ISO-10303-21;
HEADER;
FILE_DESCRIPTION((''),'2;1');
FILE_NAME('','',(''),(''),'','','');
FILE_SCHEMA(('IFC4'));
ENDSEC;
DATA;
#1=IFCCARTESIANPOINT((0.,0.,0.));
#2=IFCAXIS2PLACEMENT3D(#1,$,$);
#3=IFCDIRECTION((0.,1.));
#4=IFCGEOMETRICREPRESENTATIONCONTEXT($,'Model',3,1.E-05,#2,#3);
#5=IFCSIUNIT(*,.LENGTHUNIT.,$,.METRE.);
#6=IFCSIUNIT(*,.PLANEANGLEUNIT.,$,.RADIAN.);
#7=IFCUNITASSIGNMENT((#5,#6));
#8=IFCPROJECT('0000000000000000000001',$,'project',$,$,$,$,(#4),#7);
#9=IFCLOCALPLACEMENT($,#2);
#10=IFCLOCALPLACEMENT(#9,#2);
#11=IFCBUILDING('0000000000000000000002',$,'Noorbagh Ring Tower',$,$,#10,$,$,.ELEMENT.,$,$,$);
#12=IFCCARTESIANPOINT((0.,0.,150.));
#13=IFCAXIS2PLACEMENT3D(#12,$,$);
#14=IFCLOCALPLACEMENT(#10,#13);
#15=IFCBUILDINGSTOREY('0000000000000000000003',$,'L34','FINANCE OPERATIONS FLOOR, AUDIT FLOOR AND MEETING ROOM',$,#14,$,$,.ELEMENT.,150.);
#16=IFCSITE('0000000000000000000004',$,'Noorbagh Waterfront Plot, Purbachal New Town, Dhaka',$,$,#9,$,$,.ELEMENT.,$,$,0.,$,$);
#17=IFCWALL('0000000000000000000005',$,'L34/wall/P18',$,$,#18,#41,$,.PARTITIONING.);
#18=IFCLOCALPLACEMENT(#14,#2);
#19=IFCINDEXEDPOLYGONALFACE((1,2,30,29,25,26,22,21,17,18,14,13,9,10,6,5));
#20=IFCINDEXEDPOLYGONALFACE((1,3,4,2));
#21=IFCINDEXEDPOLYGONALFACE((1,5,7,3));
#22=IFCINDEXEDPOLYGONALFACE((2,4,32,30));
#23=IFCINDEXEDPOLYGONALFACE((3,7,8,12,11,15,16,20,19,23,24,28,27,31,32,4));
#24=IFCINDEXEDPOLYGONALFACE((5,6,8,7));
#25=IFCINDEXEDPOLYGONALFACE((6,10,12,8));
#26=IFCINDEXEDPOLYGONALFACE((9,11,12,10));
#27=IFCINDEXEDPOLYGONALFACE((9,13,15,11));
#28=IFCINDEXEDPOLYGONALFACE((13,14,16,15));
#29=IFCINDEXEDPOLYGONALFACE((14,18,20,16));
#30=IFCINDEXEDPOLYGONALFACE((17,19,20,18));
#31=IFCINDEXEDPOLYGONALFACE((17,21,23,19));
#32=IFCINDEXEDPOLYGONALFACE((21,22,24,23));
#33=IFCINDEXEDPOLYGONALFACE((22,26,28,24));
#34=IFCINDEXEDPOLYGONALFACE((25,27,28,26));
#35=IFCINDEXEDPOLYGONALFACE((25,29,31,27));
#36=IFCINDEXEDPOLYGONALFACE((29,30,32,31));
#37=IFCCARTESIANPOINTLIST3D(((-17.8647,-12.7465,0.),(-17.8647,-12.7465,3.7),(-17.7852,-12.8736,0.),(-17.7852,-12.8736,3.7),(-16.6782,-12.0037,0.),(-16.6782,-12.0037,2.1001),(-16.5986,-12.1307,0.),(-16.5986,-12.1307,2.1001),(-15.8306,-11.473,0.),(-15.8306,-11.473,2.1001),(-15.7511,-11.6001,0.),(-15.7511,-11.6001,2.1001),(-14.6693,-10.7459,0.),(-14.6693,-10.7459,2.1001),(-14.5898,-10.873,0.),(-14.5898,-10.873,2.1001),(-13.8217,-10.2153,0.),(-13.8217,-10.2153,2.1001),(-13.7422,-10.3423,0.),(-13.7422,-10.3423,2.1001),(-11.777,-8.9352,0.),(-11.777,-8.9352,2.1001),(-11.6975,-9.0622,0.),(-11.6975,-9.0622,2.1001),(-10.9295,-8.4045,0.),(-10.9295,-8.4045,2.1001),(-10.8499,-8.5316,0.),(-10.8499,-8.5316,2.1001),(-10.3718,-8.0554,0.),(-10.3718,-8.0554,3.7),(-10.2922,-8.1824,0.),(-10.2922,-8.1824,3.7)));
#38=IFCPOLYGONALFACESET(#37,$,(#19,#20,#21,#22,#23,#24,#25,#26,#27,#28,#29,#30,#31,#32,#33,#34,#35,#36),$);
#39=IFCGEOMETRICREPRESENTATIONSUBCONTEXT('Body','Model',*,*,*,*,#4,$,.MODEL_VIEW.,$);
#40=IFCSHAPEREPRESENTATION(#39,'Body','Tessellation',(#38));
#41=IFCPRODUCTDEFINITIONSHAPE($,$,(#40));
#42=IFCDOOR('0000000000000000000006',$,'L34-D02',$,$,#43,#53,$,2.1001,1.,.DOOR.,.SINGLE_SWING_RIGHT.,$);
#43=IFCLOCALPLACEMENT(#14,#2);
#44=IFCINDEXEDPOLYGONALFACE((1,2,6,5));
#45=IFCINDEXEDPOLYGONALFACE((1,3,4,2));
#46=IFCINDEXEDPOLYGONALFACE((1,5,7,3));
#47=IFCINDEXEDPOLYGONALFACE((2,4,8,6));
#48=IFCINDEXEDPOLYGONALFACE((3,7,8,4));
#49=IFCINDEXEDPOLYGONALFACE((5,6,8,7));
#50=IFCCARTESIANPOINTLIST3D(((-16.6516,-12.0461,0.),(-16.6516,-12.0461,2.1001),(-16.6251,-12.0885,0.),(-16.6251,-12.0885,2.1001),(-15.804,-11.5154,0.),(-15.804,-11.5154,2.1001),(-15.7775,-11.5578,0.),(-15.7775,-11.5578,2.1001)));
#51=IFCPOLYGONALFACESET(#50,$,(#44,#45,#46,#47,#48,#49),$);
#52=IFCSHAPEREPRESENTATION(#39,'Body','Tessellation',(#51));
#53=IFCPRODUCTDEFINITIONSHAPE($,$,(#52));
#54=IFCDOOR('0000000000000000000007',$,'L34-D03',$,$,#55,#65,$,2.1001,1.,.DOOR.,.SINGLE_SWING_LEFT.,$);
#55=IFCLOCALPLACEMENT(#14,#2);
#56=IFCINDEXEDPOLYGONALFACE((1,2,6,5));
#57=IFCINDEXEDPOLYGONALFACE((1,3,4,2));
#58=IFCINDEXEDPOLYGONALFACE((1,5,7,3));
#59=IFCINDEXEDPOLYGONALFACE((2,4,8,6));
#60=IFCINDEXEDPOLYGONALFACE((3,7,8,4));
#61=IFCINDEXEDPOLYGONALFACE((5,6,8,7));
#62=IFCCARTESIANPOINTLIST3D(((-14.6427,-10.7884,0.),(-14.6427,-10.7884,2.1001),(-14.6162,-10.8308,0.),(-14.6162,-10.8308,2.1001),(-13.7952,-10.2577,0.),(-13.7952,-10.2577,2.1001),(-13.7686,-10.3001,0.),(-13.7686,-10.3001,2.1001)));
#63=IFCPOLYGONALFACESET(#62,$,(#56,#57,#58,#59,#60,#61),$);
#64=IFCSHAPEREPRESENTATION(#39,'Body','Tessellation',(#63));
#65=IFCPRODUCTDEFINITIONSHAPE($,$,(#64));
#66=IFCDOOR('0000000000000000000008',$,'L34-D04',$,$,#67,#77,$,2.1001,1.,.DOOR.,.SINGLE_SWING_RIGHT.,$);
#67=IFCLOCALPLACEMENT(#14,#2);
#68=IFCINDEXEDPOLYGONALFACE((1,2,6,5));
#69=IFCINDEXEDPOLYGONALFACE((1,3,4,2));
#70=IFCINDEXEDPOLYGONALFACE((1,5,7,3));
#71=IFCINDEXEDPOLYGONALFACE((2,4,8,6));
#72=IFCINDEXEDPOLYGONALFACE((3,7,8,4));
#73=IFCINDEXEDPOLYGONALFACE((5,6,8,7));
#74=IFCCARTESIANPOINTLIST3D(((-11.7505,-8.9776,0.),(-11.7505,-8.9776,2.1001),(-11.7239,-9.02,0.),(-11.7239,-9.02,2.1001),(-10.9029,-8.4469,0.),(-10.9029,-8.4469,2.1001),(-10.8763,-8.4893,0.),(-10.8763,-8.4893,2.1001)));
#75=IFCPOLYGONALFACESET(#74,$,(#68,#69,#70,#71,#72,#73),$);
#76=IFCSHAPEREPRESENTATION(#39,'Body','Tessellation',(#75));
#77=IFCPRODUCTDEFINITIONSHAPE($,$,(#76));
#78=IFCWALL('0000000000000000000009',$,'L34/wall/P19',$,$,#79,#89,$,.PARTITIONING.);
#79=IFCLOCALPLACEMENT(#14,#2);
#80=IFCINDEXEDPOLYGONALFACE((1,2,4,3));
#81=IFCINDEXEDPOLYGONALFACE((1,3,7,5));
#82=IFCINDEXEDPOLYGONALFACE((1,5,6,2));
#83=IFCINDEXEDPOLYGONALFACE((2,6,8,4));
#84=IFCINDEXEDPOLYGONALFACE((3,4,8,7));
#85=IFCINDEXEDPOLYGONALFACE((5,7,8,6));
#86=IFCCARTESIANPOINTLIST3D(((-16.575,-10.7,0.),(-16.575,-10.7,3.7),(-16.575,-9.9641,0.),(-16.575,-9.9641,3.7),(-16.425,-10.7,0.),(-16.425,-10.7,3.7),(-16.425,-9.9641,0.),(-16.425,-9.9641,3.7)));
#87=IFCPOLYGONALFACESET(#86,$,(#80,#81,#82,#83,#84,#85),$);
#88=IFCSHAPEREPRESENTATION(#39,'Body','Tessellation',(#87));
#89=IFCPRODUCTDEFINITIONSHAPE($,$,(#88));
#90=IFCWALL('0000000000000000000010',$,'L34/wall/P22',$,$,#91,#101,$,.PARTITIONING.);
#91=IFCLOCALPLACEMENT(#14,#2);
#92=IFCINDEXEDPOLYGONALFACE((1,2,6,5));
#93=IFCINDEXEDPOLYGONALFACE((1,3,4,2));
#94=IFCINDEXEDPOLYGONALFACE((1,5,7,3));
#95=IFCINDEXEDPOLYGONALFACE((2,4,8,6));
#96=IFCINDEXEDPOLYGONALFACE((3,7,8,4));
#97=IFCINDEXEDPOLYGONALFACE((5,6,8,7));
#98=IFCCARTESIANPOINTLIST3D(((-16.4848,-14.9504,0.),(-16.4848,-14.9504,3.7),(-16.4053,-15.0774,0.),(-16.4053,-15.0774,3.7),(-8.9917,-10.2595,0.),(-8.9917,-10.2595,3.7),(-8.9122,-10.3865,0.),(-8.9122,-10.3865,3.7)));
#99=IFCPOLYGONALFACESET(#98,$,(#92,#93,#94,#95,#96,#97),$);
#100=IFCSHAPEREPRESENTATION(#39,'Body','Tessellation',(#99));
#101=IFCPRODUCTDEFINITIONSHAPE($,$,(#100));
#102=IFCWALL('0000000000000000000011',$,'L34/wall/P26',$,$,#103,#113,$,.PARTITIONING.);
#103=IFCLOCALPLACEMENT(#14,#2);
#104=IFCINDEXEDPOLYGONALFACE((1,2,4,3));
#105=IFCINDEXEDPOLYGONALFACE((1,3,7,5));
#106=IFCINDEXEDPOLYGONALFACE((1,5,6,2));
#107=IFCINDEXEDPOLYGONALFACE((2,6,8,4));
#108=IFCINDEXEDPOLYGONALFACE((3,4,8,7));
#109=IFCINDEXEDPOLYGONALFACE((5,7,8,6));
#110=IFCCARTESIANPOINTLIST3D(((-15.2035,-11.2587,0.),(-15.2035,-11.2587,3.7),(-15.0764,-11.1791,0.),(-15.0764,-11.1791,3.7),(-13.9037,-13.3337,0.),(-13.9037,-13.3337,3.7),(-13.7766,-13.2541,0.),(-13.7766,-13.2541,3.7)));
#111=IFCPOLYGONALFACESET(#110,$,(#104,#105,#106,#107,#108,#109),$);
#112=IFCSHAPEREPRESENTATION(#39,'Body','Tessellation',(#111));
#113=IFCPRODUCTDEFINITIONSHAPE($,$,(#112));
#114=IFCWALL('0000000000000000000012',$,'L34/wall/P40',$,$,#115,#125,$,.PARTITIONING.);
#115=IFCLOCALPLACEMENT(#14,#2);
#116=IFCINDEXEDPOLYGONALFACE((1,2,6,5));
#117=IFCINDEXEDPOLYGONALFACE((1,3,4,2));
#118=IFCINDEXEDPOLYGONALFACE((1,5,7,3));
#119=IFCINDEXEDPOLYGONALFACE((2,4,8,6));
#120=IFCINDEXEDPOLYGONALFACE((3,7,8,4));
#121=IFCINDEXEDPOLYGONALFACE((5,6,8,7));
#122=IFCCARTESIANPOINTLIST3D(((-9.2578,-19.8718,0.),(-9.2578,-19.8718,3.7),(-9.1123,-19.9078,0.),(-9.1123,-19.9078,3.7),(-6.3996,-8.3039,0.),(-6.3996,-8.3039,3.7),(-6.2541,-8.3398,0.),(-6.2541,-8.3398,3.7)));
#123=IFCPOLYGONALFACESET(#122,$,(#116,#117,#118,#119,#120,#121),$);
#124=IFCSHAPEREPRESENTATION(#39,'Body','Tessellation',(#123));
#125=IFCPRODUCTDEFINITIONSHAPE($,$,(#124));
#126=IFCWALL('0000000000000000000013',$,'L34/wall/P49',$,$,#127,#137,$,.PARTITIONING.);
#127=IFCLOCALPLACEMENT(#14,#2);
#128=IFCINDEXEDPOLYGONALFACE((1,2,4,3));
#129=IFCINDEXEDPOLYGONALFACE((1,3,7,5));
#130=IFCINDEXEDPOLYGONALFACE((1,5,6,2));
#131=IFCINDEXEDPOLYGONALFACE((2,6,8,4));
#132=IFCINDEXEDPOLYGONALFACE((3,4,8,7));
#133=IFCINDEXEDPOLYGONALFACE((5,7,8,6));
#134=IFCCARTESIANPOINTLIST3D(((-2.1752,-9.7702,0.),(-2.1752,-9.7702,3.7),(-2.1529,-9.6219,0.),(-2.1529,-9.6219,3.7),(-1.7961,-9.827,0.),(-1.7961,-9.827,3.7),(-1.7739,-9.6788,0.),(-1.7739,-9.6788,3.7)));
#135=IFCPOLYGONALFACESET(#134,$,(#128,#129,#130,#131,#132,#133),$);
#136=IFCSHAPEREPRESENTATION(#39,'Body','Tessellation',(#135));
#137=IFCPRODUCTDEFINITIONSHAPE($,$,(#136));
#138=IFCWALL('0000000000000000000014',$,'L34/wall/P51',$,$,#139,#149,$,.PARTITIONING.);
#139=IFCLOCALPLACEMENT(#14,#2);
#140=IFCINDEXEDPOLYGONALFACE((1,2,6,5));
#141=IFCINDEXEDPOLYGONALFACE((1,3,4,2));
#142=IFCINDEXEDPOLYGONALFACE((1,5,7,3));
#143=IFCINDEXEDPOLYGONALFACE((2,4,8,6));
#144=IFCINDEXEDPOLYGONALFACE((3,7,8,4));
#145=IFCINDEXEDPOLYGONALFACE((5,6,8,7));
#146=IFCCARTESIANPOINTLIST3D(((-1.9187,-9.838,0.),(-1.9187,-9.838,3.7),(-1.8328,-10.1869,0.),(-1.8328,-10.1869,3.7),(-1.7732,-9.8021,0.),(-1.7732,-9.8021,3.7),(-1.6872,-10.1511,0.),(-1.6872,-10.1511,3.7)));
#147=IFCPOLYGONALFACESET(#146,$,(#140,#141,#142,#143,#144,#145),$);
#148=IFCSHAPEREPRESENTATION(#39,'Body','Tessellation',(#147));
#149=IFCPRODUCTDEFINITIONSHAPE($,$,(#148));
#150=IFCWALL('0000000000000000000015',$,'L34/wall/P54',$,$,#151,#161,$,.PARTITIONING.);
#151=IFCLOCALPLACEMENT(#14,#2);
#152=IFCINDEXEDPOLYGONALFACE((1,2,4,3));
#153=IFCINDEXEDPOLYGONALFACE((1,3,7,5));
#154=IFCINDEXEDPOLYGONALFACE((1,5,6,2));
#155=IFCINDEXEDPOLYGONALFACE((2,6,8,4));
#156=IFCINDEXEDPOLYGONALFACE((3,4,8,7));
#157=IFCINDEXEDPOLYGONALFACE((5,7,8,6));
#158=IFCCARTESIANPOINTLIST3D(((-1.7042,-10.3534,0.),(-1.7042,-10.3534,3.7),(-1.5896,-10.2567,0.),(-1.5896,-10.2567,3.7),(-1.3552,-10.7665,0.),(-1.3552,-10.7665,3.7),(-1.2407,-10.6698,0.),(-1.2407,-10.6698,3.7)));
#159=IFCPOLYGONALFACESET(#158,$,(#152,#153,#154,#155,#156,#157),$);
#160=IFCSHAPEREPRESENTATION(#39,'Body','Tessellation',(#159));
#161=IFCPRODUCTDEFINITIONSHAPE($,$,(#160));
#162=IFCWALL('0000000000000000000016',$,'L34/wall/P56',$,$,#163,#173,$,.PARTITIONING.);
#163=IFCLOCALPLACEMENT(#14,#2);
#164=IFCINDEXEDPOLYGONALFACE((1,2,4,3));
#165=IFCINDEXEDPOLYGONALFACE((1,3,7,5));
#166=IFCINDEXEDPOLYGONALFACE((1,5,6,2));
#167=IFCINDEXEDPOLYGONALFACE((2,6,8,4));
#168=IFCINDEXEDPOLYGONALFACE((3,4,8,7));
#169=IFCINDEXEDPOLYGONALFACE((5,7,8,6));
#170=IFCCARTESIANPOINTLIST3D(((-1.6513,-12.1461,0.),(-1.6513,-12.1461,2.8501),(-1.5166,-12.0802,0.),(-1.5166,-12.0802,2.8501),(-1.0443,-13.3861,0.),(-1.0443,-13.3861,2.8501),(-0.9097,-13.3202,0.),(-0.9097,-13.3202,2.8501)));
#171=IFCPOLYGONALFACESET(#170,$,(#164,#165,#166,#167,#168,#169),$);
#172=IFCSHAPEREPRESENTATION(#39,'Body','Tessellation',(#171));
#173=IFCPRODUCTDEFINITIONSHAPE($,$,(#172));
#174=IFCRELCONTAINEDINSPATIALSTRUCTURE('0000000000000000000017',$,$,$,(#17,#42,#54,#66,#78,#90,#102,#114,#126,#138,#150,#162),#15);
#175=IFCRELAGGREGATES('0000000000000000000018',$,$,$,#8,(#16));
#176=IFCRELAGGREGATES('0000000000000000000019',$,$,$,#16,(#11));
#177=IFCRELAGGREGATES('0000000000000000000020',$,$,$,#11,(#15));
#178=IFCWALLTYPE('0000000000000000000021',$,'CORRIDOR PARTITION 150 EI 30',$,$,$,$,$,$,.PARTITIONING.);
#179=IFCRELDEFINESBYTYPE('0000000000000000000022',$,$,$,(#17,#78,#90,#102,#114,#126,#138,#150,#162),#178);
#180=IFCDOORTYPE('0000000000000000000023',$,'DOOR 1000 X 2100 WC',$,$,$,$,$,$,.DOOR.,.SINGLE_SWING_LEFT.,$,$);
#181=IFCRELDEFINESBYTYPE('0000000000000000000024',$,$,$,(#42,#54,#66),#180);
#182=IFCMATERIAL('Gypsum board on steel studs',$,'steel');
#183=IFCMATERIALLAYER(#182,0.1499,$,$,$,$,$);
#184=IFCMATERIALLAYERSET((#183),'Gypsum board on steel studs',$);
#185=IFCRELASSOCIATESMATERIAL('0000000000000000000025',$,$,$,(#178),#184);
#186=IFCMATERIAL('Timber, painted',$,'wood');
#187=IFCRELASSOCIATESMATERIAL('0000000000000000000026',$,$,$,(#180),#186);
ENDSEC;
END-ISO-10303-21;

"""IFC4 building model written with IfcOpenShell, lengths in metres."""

from ifc_helpers import new_model, si_unit, direction, frame, frame_2d, origin, place, context, subcontext, project, spatial, rectangle, extrude, material, layer, layer_set, type_object, element, fill, save


model = new_model("IFC4")

# Units and contexts
model_context = context("Model", 3, precision=1e-05, world=origin(), true_north=direction((0.0, 1.0)))
body_context = subcontext(model_context, "Body", "Model", "MODEL_VIEW")
ifc_project = project(units=[si_unit("LENGTHUNIT", "METRE"), si_unit("PLANEANGLEUNIT", "RADIAN")], contexts=[model_context])

# Site, building, storey
site_placement = place(None, origin())
site = spatial("IfcSite", under=ifc_project, at=site_placement, Name="Noorbagh Waterfront Plot, Purbachal New Town, Dhaka", CompositionType="ELEMENT", RefElevation=0.0)
building_placement = place(site_placement, origin())
building = spatial("IfcBuilding", under=site, at=building_placement, Name="Noorbagh Ring Tower", CompositionType="ELEMENT")
storey_placement = place(building_placement, frame((0.0, 0.0, 150.0)))
storey = spatial("IfcBuildingStorey", under=building, at=storey_placement, Name="L34", Description="FINANCE OPERATIONS FLOOR, AUDIT FLOOR AND MEETING ROOM", CompositionType="ELEMENT", Elevation=150.0)

# Shared definitions
ifc_material_1 = material(Name="Gypsum board on steel studs", Category="steel")
ifc_layer_1 = layer(ifc_material_1, 0.1499)
ifc_layer_set_1 = layer_set([ifc_layer_1], Name="Gypsum board on steel studs")
wall_type_1 = type_object("IfcWallType", Name="CORRIDOR PARTITION 150 EI 30", PredefinedType="PARTITIONING", material=ifc_layer_set_1)

# Wall, openings, doors
wall_1_placement = place(storey_placement, frame((-17.825, -12.8101, 0.0), z_axis=(0.0, 0.0, 1.0), x_axis=(0.847587, 0.530657, 0.0)))
wall_1 = element("IfcWall", 1, at=wall_1_placement, inside=storey, type_object=wall_type_1, Name="L34/wall/P18", PredefinedType="PARTITIONING", context=body_context, shape_type="SweptSolid", body=[
    extrude(rectangle(XDim=8.8403, YDim=0.1499, at=frame_2d((4.4202, 0.0))), origin(), (0.0, 0.0, 1.0), 3.7),
])
opening_1_placement = place(wall_1_placement, frame((1.3999, 0.0, 0.0)))
opening_1 = element("IfcOpeningElement", 2, at=opening_1_placement, cuts=wall_1, PredefinedType="OPENING", context=body_context, shape_type="SweptSolid", body=[
    extrude(rectangle(XDim=1.0, YDim=2.1001, at=frame_2d((0.5, 1.05))), frame((0.0, 0.085, 0.0), z_axis=(0.0, -1.0, 0.0), x_axis=(1.0, 0.0, 0.0)), (0.0, 0.0, 1.0), 0.1699),
])
opening_2_placement = place(wall_1_placement, frame((3.77, 0.0, 0.0)))
opening_2 = element("IfcOpeningElement", 3, at=opening_2_placement, cuts=wall_1, PredefinedType="OPENING", context=body_context, shape_type="SweptSolid", body=[
    extrude(rectangle(XDim=1.0, YDim=2.1001, at=frame_2d((0.5, 1.05))), frame((0.0, 0.085, 0.0), z_axis=(0.0, -1.0, 0.0), x_axis=(1.0, 0.0, 0.0)), (0.0, 0.0, 1.0), 0.1699),
])
opening_3_placement = place(wall_1_placement, frame((7.1824, 0.0, 0.0)))
opening_3 = element("IfcOpeningElement", 4, at=opening_3_placement, cuts=wall_1, PredefinedType="OPENING", context=body_context, shape_type="SweptSolid", body=[
    extrude(rectangle(XDim=1.0, YDim=2.1001, at=frame_2d((0.5, 1.05))), frame((0.0, 0.085, 0.0), z_axis=(0.0, -1.0, 0.0), x_axis=(1.0, 0.0, 0.0)), (0.0, 0.0, 1.0), 0.1699),
])
ifc_material_2 = material(Name="Timber, painted", Category="wood")
door_type = type_object("IfcDoorType", Name="DOOR 1000 X 2100 WC", OperationType="SINGLE_SWING_LEFT", PredefinedType="DOOR", material=ifc_material_2)
door_1_placement = place(opening_1_placement, origin())
door_1 = element("IfcDoor", 5, at=door_1_placement, inside=storey, type_object=door_type, Name="L34-D02", OperationType="SINGLE_SWING_RIGHT", OverallHeight=2.1001, OverallWidth=1.0, PredefinedType="DOOR", context=body_context, shape_type="SweptSolid", body=[
    extrude(rectangle(XDim=1.0, YDim=2.1001, at=frame_2d((0.5, 1.05))), frame((0.0, 0.0249, 0.0), z_axis=(0.0, -1.0, 0.0), x_axis=(1.0, 0.0, 0.0)), (0.0, 0.0, 1.0), 0.05),
])
fill(opening_1, door_1)
door_2_placement = place(opening_2_placement, origin())
door_2 = element("IfcDoor", 6, at=door_2_placement, inside=storey, type_object=door_type, Name="L34-D03", OperationType="SINGLE_SWING_LEFT", OverallHeight=2.1001, OverallWidth=1.0, PredefinedType="DOOR", context=body_context, shape_type="SweptSolid", body=[
    extrude(rectangle(XDim=1.0, YDim=2.1001, at=frame_2d((0.5, 1.05))), frame((0.0, 0.0249, 0.0), z_axis=(0.0, -1.0, 0.0), x_axis=(1.0, 0.0, 0.0)), (0.0, 0.0, 1.0), 0.05),
])
fill(opening_2, door_2)
door_3_placement = place(opening_3_placement, origin())
door_3 = element("IfcDoor", 7, at=door_3_placement, inside=storey, type_object=door_type, Name="L34-D04", OperationType="SINGLE_SWING_RIGHT", OverallHeight=2.1001, OverallWidth=1.0, PredefinedType="DOOR", context=body_context, shape_type="SweptSolid", body=[
    extrude(rectangle(XDim=1.0, YDim=2.1001, at=frame_2d((0.5, 1.05))), frame((0.0, 0.0249, 0.0), z_axis=(0.0, -1.0, 0.0), x_axis=(1.0, 0.0, 0.0)), (0.0, 0.0, 1.0), 0.05),
])
fill(opening_3, door_3)

# Walls
wall_2_placement = place(storey_placement, frame((-16.5, -10.7, 0.0), z_axis=(0.0, 0.0, 1.0), x_axis=(0.0, 1.0, 0.0)))
element("IfcWall", 8, at=wall_2_placement, inside=storey, type_object=wall_type_1, Name="L34/wall/P19", PredefinedType="PARTITIONING", context=body_context, shape_type="SweptSolid", body=[
    extrude(rectangle(XDim=0.7358, YDim=0.1499, at=frame_2d((0.3679, 0.0))), origin(), (0.0, 0.0, 1.0), 3.7),
])
wall_3_placement = place(storey_placement, frame((-16.4451, -15.0139, 0.0), z_axis=(0.0, 0.0, 1.0), x_axis=(0.847607, 0.530624, 0.0)))
element("IfcWall", 9, at=wall_3_placement, inside=storey, type_object=wall_type_1, Name="L34/wall/P22", PredefinedType="PARTITIONING", context=body_context, shape_type="SweptSolid", body=[
    extrude(rectangle(XDim=8.8403, YDim=0.1499, at=frame_2d((4.4202, 0.0))), origin(), (0.0, 0.0, 1.0), 3.7),
])
wall_4_placement = place(storey_placement, frame((-15.1399, -11.219, 0.0), z_axis=(0.0, 0.0, 1.0), x_axis=(0.530868, -0.847454, 0.0)))
element("IfcWall", 10, at=wall_4_placement, inside=storey, type_object=wall_type_1, Name="L34/wall/P26", PredefinedType="PARTITIONING", context=body_context, shape_type="SweptSolid", body=[
    extrude(rectangle(XDim=2.4485, YDim=0.1499, at=frame_2d((1.2241, 0.0))), origin(), (0.0, 0.0, 1.0), 3.7),
])
wall_5_placement = place(storey_placement, frame((-9.1851, -19.8899, 0.0), z_axis=(0.0, 0.0, 1.0), x_axis=(0.239864, 0.970807, 0.0)))
element("IfcWall", 11, at=wall_5_placement, inside=storey, type_object=wall_type_1, Name="L34/wall/P40", PredefinedType="PARTITIONING", context=body_context, shape_type="SweptSolid", body=[
    extrude(rectangle(XDim=11.9158, YDim=0.1499, at=frame_2d((5.958, 0.0))), origin(), (0.0, 0.0, 1.0), 3.7),
])
wall_6_placement = place(storey_placement, frame((-2.1641, -9.696, 0.0), z_axis=(0.0, 0.0, 1.0), x_axis=(0.988932, -0.148372, 0.0)))
element("IfcWall", 12, at=wall_6_placement, inside=storey, type_object=wall_type_1, Name="L34/wall/P49", PredefinedType="PARTITIONING", context=body_context, shape_type="SweptSolid", body=[
    extrude(rectangle(XDim=0.3833, YDim=0.1499, at=frame_2d((0.1917, 0.0))), origin(), (0.0, 0.0, 1.0), 3.7),
])
wall_7_placement = place(storey_placement, frame((-1.8459, -9.8201, 0.0), z_axis=(0.0, 0.0, 1.0), x_axis=(0.239177, -0.970976, 0.0)))
element("IfcWall", 13, at=wall_7_placement, inside=storey, type_object=wall_type_1, Name="L34/wall/P51", PredefinedType="PARTITIONING", context=body_context, shape_type="SweptSolid", body=[
    extrude(rectangle(XDim=0.3594, YDim=0.1499, at=frame_2d((0.1797, 0.0))), origin(), (0.0, 0.0, 1.0), 3.7),
])
wall_8_placement = place(storey_placement, frame((-1.647, -10.3049, 0.0), z_axis=(0.0, 0.0, 1.0), x_axis=(0.645234, -0.763985, 0.0)))
element("IfcWall", 14, at=wall_8_placement, inside=storey, type_object=wall_type_1, Name="L34/wall/P54", PredefinedType="PARTITIONING", context=body_context, shape_type="SweptSolid", body=[
    extrude(rectangle(XDim=0.5408, YDim=0.1499, at=frame_2d((0.2705, 0.0))), origin(), (0.0, 0.0, 1.0), 3.7),
])
wall_9_placement = place(storey_placement, frame((-1.584, -12.113, 0.0), z_axis=(0.0, 0.0, 1.0), x_axis=(0.439629, -0.89818, 0.0)))
element("IfcWall", 15, at=wall_9_placement, inside=storey, type_object=wall_type_1, Name="L34/wall/P56", PredefinedType="PARTITIONING", context=body_context, shape_type="SweptSolid", body=[
    extrude(rectangle(XDim=1.3806, YDim=0.1499, at=frame_2d((0.6904, 0.0))), origin(), (0.0, 0.0, 1.0), 2.8501),
])

save(model, "model.ifc")
